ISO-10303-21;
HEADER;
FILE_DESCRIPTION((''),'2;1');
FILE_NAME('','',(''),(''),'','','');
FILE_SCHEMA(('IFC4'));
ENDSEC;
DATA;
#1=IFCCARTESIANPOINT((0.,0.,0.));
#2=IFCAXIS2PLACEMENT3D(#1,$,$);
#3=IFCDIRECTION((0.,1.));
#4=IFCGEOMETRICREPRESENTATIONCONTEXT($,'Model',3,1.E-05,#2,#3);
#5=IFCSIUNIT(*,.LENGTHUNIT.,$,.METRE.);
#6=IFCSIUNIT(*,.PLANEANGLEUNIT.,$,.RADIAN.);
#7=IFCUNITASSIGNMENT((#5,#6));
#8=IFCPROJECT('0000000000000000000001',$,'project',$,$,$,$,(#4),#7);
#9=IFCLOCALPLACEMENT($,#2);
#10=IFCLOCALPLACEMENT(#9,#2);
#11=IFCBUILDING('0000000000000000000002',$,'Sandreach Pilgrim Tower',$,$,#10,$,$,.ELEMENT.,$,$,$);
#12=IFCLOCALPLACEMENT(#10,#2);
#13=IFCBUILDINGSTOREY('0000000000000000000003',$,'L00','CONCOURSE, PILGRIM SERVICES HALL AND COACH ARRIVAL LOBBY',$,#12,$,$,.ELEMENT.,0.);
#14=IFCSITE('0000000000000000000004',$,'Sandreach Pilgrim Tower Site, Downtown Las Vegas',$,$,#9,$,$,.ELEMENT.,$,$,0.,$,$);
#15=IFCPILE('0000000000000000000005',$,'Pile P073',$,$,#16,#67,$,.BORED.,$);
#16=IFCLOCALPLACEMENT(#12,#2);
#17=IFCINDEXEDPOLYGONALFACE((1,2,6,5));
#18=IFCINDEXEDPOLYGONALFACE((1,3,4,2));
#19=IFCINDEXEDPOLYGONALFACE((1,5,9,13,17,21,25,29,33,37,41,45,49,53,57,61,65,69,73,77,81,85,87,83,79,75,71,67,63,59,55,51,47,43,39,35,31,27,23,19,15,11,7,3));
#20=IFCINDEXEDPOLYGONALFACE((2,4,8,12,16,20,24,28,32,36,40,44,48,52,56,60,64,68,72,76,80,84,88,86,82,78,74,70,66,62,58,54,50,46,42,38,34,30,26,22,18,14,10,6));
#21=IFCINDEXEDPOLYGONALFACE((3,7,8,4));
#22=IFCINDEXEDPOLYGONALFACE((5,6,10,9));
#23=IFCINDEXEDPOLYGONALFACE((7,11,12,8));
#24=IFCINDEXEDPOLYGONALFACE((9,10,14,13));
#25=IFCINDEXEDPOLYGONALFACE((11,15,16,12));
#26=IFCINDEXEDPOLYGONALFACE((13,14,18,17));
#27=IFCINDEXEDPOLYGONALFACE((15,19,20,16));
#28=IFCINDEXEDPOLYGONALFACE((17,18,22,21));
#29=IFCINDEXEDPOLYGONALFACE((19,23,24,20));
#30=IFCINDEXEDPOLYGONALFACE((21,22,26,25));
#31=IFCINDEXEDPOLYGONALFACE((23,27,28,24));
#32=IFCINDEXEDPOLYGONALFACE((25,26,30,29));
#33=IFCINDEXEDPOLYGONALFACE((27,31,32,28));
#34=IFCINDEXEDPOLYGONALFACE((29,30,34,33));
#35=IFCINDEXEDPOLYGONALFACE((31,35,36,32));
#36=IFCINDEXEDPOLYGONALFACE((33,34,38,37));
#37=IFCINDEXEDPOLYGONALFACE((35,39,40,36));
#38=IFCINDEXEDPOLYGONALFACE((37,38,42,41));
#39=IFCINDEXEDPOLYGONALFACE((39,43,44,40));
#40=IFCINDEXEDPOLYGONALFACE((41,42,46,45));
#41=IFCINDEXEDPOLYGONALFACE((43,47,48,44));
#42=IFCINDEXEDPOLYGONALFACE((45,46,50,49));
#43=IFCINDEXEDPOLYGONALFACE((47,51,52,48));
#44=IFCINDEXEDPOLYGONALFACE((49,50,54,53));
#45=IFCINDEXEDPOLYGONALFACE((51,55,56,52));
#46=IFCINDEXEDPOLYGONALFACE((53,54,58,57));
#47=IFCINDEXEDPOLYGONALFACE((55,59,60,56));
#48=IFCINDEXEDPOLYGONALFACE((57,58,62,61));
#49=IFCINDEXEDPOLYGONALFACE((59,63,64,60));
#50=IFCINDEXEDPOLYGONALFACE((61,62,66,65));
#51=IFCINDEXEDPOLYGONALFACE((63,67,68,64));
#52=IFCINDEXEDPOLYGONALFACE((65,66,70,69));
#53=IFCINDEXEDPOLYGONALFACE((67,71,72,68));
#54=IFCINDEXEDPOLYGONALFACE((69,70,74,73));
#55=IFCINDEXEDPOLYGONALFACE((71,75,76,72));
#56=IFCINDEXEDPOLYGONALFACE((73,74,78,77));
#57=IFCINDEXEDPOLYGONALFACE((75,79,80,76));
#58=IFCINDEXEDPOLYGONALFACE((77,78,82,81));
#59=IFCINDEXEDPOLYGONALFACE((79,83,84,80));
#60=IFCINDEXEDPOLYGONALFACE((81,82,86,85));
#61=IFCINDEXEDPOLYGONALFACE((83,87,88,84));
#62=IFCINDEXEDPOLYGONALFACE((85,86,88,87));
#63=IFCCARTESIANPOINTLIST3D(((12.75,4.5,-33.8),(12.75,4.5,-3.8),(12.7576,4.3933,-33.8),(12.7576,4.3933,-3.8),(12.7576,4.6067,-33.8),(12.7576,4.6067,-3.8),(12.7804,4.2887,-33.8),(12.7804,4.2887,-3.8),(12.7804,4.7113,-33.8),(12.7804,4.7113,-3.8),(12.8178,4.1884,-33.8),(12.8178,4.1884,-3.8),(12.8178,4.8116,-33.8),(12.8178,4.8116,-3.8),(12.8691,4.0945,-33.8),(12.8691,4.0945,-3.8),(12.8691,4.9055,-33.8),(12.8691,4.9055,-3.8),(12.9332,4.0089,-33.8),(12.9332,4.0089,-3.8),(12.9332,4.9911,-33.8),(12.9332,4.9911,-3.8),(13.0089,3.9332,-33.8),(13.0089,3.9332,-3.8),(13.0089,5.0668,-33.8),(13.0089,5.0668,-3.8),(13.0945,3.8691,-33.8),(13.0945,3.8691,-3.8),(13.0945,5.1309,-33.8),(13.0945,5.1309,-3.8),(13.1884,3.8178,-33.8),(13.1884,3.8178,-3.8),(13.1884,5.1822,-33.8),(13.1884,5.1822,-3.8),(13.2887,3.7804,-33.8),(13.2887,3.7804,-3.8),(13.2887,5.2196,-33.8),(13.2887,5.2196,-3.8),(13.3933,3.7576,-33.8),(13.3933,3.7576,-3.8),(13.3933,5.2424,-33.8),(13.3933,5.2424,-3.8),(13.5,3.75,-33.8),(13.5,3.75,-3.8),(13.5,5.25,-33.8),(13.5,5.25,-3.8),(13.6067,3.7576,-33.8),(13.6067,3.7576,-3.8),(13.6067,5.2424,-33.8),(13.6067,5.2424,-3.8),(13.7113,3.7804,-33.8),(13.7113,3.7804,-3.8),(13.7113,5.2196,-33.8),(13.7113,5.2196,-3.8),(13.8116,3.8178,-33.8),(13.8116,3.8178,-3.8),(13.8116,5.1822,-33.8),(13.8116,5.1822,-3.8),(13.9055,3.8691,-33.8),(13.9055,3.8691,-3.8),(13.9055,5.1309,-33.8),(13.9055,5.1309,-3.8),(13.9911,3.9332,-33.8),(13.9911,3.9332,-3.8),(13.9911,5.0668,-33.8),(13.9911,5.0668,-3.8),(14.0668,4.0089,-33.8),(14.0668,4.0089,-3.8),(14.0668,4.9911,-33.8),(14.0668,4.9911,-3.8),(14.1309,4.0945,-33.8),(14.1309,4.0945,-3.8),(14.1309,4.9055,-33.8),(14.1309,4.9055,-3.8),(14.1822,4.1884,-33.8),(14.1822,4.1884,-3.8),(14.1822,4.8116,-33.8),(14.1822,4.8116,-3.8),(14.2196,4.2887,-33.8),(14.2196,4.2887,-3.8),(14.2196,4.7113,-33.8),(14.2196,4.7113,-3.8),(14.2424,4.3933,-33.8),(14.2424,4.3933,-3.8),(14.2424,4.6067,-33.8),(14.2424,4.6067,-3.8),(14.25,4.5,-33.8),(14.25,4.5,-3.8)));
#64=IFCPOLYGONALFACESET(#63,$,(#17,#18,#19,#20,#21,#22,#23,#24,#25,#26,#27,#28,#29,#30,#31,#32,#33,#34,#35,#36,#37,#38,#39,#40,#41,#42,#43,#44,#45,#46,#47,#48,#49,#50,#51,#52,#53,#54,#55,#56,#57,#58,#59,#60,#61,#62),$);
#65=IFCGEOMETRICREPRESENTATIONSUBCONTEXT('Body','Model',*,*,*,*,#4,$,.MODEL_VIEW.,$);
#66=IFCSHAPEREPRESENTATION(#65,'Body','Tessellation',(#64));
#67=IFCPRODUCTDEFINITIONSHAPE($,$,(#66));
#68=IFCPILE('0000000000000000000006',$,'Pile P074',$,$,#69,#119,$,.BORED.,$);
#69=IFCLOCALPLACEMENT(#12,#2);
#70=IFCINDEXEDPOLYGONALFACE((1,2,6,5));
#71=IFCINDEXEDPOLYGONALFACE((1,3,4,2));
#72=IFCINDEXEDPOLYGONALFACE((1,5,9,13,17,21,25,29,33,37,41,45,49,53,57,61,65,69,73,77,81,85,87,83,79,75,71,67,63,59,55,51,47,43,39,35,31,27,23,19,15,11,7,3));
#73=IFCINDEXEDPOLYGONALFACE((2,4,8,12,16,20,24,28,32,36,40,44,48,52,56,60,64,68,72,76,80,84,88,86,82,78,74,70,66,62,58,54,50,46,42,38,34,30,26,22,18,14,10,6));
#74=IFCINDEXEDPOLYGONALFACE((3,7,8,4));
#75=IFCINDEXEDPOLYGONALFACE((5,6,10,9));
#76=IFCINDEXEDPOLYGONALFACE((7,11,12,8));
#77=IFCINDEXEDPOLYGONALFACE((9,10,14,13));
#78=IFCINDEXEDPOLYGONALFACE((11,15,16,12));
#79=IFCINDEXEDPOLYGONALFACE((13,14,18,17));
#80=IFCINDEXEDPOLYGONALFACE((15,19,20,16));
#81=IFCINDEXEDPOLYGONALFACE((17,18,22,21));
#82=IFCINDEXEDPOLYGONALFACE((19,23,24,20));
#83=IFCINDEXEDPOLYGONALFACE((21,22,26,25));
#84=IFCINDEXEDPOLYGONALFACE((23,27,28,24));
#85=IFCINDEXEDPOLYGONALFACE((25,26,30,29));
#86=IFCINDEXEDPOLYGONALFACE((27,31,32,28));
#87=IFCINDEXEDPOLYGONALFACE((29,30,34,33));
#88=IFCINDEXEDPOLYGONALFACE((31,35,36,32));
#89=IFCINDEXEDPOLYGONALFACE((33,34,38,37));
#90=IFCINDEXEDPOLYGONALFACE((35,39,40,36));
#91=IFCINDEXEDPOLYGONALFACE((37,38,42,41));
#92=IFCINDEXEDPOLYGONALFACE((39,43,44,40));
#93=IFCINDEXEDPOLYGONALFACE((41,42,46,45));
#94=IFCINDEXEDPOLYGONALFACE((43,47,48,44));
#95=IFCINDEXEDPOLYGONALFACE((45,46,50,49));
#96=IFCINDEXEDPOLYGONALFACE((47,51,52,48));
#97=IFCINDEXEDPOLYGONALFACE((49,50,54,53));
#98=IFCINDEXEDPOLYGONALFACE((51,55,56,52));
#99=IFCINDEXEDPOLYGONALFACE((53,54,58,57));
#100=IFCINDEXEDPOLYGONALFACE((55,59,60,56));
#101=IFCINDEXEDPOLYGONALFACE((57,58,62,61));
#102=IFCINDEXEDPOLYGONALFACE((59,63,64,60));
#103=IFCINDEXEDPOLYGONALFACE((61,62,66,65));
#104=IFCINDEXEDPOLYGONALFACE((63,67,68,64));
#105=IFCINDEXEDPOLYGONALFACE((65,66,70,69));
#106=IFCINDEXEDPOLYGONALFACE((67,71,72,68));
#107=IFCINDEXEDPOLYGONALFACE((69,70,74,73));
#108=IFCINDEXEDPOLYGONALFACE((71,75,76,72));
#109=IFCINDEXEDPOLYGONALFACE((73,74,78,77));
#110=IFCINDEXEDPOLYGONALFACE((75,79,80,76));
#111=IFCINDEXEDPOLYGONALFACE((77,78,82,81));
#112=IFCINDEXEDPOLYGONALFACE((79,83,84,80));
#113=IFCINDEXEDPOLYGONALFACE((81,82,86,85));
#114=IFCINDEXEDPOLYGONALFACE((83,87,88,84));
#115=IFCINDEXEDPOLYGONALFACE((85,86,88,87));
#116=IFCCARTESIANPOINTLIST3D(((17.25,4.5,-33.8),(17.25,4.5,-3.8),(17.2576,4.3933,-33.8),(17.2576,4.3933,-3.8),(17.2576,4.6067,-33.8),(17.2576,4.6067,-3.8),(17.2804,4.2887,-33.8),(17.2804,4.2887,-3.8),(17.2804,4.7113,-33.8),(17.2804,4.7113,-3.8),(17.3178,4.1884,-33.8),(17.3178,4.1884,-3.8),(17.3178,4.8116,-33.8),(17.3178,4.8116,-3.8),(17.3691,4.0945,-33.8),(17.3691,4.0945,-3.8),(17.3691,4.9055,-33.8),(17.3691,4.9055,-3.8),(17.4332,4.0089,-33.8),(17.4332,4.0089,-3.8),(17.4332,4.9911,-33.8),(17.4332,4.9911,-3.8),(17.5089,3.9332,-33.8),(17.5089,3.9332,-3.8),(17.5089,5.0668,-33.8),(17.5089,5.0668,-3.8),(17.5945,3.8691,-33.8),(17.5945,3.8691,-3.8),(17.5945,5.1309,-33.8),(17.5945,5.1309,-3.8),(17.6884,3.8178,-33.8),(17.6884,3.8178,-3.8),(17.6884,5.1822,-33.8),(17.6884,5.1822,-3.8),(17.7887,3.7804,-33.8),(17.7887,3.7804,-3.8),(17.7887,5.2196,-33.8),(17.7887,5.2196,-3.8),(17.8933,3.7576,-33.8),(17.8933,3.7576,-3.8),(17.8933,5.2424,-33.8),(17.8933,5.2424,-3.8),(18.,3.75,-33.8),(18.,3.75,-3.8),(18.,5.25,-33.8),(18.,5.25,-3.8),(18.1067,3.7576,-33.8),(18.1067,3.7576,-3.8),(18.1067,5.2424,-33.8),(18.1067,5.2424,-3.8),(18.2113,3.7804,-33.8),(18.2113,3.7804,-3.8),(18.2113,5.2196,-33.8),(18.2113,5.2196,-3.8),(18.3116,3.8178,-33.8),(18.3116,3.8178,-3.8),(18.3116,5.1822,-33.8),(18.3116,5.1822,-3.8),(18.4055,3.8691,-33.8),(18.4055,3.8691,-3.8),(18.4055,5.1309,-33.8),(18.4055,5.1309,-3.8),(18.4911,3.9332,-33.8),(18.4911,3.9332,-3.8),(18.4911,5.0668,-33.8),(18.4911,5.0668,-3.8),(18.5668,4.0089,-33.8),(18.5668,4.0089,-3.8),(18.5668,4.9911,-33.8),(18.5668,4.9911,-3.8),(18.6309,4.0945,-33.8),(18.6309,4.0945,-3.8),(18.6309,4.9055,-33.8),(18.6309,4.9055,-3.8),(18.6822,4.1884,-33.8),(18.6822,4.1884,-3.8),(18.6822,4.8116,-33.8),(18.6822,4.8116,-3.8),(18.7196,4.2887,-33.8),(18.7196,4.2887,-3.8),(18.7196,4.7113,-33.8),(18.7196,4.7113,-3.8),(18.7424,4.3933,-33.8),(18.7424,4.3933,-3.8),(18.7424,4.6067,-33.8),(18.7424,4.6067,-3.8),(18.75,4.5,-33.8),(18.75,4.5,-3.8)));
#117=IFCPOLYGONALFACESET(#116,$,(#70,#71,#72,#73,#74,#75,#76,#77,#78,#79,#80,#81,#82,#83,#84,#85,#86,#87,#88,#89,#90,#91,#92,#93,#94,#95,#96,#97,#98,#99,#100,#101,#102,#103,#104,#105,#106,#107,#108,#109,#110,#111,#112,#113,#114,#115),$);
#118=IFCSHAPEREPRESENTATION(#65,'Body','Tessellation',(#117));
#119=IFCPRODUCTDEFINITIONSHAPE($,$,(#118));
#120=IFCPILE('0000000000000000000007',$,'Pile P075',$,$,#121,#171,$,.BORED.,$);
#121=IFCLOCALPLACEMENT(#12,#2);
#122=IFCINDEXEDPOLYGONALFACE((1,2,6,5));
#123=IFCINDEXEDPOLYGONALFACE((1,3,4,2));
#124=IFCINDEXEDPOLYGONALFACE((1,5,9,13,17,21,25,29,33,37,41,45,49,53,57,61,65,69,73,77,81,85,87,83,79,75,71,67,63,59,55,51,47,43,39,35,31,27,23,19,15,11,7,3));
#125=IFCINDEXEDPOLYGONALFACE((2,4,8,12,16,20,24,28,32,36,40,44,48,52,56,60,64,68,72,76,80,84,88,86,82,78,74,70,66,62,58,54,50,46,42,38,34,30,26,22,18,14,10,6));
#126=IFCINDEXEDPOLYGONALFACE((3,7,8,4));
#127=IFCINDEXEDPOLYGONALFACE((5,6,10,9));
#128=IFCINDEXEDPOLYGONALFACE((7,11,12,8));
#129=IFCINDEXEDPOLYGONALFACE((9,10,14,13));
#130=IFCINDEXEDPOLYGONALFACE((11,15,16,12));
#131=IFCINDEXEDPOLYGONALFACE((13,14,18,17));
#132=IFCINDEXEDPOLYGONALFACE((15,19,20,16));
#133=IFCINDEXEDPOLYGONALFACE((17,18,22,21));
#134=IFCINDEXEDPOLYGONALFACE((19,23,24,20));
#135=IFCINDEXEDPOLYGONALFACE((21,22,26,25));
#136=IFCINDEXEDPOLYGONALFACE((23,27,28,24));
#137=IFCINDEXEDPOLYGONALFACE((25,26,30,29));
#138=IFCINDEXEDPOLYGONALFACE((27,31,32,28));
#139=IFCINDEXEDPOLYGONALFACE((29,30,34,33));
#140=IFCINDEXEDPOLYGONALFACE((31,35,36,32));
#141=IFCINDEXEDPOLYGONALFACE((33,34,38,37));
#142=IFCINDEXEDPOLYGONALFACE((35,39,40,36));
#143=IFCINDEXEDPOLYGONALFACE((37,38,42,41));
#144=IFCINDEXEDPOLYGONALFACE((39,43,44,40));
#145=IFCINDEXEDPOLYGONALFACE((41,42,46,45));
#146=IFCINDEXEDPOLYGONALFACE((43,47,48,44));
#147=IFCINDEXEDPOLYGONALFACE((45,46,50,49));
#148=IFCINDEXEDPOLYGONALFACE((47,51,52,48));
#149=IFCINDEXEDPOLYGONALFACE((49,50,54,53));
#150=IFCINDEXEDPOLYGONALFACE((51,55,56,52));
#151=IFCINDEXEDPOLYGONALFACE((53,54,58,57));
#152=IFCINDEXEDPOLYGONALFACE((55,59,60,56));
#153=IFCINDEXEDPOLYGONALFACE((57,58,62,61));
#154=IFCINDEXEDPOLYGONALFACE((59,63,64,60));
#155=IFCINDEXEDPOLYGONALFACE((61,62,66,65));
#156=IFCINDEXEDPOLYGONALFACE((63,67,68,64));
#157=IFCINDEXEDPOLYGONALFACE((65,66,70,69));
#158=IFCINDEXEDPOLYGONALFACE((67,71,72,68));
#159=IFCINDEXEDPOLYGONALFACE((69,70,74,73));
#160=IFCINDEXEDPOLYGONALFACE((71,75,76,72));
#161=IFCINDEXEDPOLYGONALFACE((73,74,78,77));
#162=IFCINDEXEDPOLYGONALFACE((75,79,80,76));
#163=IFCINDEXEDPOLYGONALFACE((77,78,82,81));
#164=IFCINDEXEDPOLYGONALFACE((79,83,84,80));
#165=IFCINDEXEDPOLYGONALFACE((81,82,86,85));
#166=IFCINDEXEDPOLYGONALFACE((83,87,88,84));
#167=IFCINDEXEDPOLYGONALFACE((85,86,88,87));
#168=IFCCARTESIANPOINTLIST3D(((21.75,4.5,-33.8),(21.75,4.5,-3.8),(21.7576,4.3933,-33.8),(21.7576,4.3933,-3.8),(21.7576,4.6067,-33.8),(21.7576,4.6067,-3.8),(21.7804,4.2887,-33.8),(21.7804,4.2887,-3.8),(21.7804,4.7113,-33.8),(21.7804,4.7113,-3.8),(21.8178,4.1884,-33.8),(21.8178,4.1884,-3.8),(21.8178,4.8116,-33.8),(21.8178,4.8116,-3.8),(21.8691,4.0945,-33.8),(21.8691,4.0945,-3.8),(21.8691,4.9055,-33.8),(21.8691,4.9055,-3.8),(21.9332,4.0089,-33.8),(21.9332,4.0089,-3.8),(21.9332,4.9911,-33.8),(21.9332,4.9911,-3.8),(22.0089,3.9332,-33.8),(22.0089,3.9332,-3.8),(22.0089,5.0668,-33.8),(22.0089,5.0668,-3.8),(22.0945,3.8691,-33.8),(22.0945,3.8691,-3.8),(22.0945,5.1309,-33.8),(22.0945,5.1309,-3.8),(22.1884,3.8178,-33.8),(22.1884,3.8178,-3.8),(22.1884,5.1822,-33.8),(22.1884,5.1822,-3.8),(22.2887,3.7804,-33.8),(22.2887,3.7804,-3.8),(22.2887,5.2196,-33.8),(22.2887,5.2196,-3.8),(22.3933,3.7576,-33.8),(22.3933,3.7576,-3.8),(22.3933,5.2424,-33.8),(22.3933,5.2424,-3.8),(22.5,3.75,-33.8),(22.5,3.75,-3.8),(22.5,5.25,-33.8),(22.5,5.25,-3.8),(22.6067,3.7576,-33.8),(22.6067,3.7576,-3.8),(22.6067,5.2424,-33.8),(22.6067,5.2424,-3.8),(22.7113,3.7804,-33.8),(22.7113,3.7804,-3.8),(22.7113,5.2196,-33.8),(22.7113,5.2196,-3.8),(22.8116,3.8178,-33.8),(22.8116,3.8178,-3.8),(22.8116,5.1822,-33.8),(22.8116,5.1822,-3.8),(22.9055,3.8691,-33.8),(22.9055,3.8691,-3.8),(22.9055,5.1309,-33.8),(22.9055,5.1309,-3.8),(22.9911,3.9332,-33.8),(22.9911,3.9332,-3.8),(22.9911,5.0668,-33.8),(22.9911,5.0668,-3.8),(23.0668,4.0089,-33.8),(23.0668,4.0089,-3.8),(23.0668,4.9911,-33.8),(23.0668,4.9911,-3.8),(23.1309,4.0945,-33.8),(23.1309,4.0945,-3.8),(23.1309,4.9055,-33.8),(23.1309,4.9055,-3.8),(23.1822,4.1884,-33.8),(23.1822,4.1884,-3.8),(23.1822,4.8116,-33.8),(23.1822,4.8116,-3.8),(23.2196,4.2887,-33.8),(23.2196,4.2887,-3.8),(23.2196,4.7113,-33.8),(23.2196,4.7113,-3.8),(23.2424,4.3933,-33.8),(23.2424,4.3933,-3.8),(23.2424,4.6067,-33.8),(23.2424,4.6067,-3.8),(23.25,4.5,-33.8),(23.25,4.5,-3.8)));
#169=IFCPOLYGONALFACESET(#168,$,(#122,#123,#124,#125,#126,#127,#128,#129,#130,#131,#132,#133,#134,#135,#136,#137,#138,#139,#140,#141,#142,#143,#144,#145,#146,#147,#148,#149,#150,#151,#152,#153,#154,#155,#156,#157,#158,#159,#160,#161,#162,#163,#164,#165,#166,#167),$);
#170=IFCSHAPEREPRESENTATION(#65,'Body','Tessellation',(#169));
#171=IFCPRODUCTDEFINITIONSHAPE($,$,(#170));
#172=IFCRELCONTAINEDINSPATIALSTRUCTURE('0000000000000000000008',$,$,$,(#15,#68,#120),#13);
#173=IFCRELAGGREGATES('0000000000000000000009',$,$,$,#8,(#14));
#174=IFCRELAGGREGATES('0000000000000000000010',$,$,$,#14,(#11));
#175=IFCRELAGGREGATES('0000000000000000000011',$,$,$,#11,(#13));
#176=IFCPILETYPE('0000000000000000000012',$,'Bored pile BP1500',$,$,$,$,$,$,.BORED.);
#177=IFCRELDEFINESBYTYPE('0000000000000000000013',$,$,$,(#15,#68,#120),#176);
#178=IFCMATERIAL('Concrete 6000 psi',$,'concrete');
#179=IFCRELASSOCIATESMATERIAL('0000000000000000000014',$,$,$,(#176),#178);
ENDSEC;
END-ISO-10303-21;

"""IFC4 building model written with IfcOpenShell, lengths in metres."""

from ifc_helpers import new_model, si_unit, direction, frame, origin, origin_2d, place, context, subcontext, project, spatial, circle, extrude, material, material_profile, profile_set, type_object, element, save


model = new_model("IFC4")

# Units and contexts
model_context = context("Model", 3, precision=1e-05, world=origin(), true_north=direction((0.0, 1.0)))
body_context = subcontext(model_context, "Body", "Model", "MODEL_VIEW")
ifc_project = project(units=[si_unit("LENGTHUNIT", "METRE"), si_unit("PLANEANGLEUNIT", "RADIAN")], contexts=[model_context])

# Site, building, storey
site_placement = place(None, origin())
site = spatial("IfcSite", under=ifc_project, at=site_placement, Name="Sandreach Pilgrim Tower Site, Downtown Las Vegas", CompositionType="ELEMENT", RefElevation=0.0)
building_placement = place(site_placement, origin())
building = spatial("IfcBuilding", under=site, at=building_placement, Name="Sandreach Pilgrim Tower", CompositionType="ELEMENT")
storey_placement = place(building_placement, origin())
storey = spatial("IfcBuildingStorey", under=building, at=storey_placement, Name="L00", Description="CONCOURSE, PILGRIM SERVICES HALL AND COACH ARRIVAL LOBBY", CompositionType="ELEMENT", Elevation=0.0)

# Piles
ifc_material_1 = material(Name="Concrete 6000 psi", Category="concrete")
ifc_material_profile_1 = material_profile(ifc_material_1, circle(Radius=0.75, at=origin_2d()), Name="BP1500")
ifc_profile_set_1 = profile_set([ifc_material_profile_1], Name="Concrete 6000 psi")
pile_type = type_object("IfcPileType", Name="Bored pile BP1500", PredefinedType="BORED", material=ifc_profile_set_1)
for number, where, z_axis, x_axis, name in (
    (1, (13.5, 4.5, -3.8), (0.0, 0.0, -1.0), (1.0, 0.0, 0.0), "Pile P073"),
    (2, (18.0, 4.5, -3.8), (0.0, 0.0, -1.0), (1.0, 0.0, 0.0), "Pile P074"),
    (3, (22.5, 4.5, -3.8), (0.0, 0.0, -1.0), (1.0, 0.0, 0.0), "Pile P075"),
):
    element("IfcPile", number, at=place(storey_placement, frame(where, z_axis=z_axis, x_axis=x_axis)), inside=storey, type_object=pile_type, Name=name, PredefinedType="BORED", context=body_context, shape_type="SweptSolid", body=[
        extrude(circle(Radius=0.75, at=origin_2d()), origin(), (0.0, 0.0, 1.0), 30.0),
    ])

save(model, "model.ifc")
